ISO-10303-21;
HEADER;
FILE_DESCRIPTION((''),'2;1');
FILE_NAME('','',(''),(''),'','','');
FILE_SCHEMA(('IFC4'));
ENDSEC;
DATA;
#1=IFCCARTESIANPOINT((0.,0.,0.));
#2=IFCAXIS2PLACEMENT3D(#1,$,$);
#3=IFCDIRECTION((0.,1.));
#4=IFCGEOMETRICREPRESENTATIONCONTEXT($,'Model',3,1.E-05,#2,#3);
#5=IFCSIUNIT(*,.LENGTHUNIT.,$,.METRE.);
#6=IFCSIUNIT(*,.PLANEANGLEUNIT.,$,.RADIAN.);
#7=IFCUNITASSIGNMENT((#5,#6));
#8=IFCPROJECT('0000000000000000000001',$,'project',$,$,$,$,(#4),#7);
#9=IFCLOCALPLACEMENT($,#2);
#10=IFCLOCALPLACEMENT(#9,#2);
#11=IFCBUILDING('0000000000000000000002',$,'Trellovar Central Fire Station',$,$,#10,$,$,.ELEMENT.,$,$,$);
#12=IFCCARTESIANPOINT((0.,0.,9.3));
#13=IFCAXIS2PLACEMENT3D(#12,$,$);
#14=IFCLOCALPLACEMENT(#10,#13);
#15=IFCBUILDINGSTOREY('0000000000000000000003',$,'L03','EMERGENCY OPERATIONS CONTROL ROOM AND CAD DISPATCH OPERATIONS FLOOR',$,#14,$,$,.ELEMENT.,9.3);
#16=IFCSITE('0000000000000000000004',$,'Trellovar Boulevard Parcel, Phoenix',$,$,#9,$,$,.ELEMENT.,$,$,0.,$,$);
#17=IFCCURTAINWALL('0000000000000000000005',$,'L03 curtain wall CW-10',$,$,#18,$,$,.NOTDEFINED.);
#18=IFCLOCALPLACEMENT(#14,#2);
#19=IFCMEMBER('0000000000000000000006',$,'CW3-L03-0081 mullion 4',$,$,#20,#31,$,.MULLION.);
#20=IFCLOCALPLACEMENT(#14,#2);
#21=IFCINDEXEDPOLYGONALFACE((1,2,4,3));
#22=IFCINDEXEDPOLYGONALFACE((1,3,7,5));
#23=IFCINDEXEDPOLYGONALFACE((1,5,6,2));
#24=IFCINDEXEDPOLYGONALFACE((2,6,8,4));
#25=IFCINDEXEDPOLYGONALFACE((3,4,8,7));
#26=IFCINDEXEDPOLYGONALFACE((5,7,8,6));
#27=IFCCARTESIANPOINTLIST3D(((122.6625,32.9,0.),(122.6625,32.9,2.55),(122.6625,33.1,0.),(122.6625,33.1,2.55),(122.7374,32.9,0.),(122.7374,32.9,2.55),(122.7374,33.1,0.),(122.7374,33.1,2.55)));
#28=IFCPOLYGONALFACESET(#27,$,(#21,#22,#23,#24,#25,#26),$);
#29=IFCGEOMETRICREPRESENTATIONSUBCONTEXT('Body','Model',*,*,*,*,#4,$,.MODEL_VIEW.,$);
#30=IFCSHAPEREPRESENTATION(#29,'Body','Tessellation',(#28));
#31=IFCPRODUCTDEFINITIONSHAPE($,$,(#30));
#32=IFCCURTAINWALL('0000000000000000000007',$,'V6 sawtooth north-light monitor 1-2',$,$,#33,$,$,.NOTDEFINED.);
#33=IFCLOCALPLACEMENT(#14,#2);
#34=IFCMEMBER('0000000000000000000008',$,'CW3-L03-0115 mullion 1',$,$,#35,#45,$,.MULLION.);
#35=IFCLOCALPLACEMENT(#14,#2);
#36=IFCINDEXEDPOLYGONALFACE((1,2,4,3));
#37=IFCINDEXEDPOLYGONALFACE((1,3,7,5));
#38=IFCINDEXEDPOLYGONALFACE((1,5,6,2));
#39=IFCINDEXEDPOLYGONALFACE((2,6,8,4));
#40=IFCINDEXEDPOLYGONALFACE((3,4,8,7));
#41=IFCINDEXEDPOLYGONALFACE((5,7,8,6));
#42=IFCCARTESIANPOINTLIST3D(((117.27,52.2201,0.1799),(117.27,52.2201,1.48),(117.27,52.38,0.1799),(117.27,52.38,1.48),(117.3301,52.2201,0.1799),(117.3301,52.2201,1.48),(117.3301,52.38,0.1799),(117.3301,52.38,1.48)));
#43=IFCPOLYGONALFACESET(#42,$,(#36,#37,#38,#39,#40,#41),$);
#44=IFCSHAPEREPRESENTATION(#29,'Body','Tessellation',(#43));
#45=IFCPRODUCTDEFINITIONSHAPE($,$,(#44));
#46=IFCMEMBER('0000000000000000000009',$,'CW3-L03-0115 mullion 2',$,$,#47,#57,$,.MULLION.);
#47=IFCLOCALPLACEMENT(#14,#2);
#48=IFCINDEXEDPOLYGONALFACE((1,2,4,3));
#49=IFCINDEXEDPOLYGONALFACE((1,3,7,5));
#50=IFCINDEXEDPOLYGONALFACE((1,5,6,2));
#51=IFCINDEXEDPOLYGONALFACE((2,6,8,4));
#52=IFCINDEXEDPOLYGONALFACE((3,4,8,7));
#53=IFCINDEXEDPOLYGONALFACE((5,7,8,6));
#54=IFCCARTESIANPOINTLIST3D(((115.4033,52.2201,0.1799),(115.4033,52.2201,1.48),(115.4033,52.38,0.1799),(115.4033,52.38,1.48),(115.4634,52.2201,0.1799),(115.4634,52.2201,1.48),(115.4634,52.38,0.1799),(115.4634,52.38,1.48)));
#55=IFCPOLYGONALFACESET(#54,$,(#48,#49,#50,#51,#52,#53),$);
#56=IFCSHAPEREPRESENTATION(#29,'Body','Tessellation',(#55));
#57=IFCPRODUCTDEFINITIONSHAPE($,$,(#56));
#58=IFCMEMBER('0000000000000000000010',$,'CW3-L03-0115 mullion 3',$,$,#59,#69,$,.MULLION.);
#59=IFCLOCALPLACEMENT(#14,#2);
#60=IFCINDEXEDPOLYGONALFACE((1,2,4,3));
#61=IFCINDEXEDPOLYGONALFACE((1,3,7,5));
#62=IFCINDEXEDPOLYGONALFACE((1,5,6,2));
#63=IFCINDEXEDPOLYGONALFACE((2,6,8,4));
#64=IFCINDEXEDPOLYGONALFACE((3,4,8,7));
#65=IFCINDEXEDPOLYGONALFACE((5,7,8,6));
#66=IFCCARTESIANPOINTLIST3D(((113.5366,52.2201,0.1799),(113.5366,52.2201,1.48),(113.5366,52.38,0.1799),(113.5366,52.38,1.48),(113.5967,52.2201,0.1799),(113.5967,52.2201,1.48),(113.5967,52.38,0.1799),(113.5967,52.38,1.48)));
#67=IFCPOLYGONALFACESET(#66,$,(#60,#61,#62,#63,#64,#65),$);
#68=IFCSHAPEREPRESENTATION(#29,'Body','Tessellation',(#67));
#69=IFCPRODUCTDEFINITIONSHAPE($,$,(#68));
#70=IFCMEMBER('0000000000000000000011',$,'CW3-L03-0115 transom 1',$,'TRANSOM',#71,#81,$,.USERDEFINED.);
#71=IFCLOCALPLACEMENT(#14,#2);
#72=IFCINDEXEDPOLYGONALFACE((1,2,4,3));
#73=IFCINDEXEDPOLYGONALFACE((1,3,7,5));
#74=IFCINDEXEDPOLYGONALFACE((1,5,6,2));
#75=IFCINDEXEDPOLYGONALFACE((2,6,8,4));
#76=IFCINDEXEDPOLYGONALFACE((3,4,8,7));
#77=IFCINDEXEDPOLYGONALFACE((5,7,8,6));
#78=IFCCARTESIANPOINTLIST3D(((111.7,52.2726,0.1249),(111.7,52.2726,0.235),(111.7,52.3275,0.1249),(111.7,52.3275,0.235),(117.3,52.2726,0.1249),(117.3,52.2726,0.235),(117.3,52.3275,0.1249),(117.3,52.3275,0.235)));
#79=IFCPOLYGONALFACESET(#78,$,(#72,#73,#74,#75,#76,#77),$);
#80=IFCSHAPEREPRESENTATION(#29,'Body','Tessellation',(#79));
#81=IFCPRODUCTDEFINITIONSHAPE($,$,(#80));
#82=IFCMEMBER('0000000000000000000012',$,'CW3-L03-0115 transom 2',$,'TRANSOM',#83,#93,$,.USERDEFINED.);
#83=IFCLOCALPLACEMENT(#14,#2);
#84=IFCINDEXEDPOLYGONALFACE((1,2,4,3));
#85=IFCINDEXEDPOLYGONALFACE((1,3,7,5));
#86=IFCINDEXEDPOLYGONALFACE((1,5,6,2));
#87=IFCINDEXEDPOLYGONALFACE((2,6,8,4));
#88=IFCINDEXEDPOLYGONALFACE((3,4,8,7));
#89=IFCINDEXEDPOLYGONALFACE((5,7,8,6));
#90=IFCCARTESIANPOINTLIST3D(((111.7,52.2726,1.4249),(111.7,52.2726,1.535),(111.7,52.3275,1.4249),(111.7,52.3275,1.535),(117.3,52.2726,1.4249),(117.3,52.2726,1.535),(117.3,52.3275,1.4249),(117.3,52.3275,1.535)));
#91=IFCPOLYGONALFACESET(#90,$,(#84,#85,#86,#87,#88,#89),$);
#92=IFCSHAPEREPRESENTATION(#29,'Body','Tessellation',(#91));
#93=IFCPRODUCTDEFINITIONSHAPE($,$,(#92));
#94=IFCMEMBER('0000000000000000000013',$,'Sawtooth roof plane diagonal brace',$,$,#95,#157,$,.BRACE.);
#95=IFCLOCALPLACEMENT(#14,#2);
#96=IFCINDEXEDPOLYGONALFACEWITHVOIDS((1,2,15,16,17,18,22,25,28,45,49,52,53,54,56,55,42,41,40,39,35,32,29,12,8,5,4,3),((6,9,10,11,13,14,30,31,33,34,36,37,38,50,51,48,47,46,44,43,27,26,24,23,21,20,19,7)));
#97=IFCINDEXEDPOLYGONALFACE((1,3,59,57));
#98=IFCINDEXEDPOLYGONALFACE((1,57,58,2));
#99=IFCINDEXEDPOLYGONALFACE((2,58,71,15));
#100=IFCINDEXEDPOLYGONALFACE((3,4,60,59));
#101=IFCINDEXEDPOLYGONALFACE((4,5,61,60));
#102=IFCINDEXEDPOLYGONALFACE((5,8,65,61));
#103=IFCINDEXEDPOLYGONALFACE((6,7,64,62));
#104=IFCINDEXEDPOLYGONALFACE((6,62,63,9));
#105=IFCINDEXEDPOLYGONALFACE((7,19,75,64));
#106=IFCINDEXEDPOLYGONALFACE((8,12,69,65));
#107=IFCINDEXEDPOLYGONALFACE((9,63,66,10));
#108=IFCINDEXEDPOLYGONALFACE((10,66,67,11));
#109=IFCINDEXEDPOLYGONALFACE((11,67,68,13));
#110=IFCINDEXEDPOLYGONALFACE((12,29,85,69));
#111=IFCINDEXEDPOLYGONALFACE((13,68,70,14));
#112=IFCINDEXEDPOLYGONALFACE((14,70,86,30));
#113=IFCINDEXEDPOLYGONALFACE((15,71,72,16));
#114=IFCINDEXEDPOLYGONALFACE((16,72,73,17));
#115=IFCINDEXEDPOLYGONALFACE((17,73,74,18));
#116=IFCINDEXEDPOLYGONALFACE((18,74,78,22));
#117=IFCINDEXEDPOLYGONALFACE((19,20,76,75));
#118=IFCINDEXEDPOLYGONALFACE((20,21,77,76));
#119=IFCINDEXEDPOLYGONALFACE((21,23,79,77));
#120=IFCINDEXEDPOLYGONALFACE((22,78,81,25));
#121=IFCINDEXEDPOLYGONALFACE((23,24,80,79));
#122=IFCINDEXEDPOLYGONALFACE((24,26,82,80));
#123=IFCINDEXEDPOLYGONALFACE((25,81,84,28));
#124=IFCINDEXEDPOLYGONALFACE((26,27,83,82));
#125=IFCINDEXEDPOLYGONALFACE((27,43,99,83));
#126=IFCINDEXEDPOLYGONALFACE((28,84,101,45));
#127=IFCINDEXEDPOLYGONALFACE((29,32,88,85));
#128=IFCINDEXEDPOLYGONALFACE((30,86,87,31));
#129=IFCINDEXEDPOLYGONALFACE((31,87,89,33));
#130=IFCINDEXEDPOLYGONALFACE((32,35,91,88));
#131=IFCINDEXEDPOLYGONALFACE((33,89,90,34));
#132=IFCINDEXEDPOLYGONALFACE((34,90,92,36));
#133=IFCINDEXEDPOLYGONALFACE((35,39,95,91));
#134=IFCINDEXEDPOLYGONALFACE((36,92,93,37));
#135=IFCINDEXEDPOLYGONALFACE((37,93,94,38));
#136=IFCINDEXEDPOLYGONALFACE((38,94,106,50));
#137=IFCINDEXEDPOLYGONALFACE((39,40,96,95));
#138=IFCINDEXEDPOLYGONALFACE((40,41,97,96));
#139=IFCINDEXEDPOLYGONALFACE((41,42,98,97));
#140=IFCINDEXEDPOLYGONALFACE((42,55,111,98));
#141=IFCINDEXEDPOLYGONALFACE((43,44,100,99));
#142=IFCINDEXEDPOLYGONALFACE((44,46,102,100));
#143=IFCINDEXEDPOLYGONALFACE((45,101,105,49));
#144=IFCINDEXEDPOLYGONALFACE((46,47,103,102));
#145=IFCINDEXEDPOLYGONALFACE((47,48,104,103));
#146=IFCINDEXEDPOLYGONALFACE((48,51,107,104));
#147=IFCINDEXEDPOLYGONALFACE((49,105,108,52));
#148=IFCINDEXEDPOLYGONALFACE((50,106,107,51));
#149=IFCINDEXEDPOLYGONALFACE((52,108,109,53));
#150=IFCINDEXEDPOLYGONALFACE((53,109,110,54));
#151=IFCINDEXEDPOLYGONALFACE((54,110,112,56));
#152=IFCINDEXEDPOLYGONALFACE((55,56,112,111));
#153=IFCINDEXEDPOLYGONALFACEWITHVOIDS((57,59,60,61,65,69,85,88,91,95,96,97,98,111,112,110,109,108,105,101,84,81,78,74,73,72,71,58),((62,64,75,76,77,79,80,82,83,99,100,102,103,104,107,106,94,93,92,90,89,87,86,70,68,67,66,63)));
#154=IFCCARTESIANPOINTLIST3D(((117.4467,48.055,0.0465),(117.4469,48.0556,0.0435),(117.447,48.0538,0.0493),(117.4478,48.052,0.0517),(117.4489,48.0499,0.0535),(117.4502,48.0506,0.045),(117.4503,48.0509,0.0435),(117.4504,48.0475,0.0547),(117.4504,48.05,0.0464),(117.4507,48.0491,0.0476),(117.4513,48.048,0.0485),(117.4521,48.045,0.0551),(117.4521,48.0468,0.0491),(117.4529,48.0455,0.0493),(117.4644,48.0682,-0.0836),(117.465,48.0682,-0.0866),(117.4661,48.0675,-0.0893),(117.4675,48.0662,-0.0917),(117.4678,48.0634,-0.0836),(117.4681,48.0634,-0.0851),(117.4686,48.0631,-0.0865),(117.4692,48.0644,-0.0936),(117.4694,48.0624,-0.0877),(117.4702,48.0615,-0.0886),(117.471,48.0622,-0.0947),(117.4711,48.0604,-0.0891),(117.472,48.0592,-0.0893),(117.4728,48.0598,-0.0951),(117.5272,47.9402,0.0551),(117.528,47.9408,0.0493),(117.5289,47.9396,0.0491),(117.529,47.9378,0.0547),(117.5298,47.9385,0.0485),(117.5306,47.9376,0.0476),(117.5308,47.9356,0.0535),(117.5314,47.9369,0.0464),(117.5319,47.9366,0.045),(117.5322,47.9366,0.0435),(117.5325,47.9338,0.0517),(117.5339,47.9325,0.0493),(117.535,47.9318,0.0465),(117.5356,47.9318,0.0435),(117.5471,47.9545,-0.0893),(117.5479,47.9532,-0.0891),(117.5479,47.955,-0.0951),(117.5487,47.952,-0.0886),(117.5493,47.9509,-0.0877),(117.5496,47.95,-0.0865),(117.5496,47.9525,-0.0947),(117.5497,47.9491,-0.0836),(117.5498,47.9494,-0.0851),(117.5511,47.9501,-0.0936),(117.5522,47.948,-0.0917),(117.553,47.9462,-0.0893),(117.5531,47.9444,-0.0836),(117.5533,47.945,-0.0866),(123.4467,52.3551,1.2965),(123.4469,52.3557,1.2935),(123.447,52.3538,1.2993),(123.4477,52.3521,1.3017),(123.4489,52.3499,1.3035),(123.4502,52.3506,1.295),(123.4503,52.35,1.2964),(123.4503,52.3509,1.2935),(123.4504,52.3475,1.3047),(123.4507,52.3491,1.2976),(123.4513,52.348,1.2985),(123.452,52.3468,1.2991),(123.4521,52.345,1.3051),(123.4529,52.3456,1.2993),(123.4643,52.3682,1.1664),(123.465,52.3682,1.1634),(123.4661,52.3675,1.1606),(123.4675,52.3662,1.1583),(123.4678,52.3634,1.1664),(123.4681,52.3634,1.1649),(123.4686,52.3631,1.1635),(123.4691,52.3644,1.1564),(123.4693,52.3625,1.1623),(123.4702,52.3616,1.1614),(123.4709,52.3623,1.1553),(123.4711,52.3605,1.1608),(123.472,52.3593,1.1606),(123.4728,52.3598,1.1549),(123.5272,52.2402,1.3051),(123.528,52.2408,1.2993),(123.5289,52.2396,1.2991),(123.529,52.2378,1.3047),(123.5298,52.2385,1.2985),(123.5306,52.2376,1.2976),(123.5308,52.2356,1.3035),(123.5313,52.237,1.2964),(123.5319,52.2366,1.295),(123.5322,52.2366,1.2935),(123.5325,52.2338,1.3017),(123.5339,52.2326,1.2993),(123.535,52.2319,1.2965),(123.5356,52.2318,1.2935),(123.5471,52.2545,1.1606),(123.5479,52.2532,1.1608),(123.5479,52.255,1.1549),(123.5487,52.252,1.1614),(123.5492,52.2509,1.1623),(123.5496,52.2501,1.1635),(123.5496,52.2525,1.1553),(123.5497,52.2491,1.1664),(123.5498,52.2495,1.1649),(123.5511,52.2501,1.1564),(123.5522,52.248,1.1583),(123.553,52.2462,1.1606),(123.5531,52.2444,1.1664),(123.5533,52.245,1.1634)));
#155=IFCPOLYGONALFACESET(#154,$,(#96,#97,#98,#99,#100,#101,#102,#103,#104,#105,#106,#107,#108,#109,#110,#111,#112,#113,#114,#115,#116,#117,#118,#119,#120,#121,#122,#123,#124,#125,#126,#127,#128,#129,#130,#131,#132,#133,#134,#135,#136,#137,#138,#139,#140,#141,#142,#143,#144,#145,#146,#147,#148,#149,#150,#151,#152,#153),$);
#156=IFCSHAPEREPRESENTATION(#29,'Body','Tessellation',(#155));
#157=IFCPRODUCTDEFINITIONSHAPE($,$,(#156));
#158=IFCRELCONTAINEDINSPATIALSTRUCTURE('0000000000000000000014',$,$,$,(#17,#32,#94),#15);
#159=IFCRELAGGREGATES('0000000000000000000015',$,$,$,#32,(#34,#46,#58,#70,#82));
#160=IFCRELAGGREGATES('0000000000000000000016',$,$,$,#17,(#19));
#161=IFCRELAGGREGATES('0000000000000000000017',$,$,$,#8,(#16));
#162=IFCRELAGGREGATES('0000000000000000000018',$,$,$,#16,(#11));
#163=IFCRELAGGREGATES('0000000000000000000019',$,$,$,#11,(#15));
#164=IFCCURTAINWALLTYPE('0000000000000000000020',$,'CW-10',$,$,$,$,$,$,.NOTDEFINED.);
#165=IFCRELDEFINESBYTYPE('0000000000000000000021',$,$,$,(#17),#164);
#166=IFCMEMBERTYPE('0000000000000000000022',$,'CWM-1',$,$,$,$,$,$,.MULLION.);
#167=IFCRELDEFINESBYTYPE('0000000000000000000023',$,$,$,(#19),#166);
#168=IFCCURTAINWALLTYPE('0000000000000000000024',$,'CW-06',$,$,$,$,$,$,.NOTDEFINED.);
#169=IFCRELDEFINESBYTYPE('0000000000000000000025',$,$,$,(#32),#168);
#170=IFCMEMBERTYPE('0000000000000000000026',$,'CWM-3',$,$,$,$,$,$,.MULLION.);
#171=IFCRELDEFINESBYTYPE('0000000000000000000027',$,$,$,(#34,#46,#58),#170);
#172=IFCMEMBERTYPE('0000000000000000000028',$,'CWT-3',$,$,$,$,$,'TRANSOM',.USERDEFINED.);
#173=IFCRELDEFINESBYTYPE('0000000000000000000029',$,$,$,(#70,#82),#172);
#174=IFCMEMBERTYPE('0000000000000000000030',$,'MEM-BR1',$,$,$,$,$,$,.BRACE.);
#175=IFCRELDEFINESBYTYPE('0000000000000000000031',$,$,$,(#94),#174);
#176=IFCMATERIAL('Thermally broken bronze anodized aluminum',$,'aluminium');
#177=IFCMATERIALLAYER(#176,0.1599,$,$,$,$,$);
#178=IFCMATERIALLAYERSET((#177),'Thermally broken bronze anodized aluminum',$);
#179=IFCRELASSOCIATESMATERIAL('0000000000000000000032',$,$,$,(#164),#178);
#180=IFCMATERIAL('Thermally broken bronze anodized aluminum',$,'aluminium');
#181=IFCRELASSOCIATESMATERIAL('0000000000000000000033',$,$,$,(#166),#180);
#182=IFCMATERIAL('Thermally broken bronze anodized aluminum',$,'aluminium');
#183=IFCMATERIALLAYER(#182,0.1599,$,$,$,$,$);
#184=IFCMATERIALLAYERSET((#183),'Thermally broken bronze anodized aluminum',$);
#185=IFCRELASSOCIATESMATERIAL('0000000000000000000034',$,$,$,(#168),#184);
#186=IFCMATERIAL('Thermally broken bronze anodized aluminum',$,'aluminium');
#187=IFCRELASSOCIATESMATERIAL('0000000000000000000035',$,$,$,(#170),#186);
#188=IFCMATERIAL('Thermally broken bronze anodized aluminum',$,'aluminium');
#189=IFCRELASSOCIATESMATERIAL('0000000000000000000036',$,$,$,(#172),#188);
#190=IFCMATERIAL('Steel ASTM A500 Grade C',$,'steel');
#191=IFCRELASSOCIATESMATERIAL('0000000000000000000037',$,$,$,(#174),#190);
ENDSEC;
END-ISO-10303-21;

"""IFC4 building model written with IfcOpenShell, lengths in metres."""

from ifc_helpers import new_model, si_unit, direction, frame, origin, origin_2d, place, context, subcontext, project, spatial, rectangle, hollow_rectangle, extrude, material, layer, layer_set, material_profile, profile_set, type_object, element, aggregate, save


model = new_model("IFC4")

# Units and contexts
model_context = context("Model", 3, precision=1e-05, world=origin(), true_north=direction((0.0, 1.0)))
body_context = subcontext(model_context, "Body", "Model", "MODEL_VIEW")
ifc_project = project(units=[si_unit("LENGTHUNIT", "METRE"), si_unit("PLANEANGLEUNIT", "RADIAN")], contexts=[model_context])

# Site, building, storey
site_placement = place(None, origin())
site = spatial("IfcSite", under=ifc_project, at=site_placement, Name="Trellovar Boulevard Parcel, Phoenix", CompositionType="ELEMENT", RefElevation=0.0)
building_placement = place(site_placement, origin())
building = spatial("IfcBuilding", under=site, at=building_placement, Name="Trellovar Central Fire Station", CompositionType="ELEMENT")
storey_placement = place(building_placement, frame((0.0, 0.0, 9.3)))
storey = spatial("IfcBuildingStorey", under=building, at=storey_placement, Name="L03", Description="EMERGENCY OPERATIONS CONTROL ROOM AND CAD DISPATCH OPERATIONS FLOOR", CompositionType="ELEMENT", Elevation=9.3)

# Curtain wall, member
ifc_material_1 = material(Name="Thermally broken bronze anodized aluminum", Category="aluminium")
ifc_layer_1 = layer(ifc_material_1, 0.1599)
ifc_layer_set_1 = layer_set([ifc_layer_1], Name="Thermally broken bronze anodized aluminum")
curtain_wall_type_1 = type_object("IfcCurtainWallType", Name="CW-10", PredefinedType="NOTDEFINED", material=ifc_layer_set_1)
curtain_wall_1_placement = place(storey_placement, origin())
curtain_wall_1 = element("IfcCurtainWall", 1, at=curtain_wall_1_placement, inside=storey, type_object=curtain_wall_type_1, Name="L03 curtain wall CW-10", PredefinedType="NOTDEFINED")
ifc_material_2 = material(Name="Thermally broken bronze anodized aluminum", Category="aluminium")
ifc_material_profile_1 = material_profile(ifc_material_2, rectangle(XDim=0.075, YDim=0.2, at=origin_2d()), Name="ALU75X200")
ifc_profile_set_1 = profile_set([ifc_material_profile_1], Name="Thermally broken bronze anodized aluminum")
member_type_1 = type_object("IfcMemberType", Name="CWM-1", PredefinedType="MULLION", material=ifc_profile_set_1)
member_1_placement = place(storey_placement, frame((122.7, 33.0, 0.0), z_axis=(0.0, 0.0, 1.0), x_axis=(1.0, 0.0, 0.0)))
member_1 = element("IfcMember", 2, at=member_1_placement, type_object=member_type_1, Name="CW3-L03-0081 mullion 4", PredefinedType="MULLION", context=body_context, shape_type="SweptSolid", body=[
    extrude(rectangle(XDim=0.075, YDim=0.2, at=origin_2d()), origin(), (0.0, 0.0, 1.0), 2.55),
])

# Curtain wall, members
ifc_material_3 = material(Name="Thermally broken bronze anodized aluminum", Category="aluminium")
ifc_layer_2 = layer(ifc_material_3, 0.1599)
ifc_layer_set_2 = layer_set([ifc_layer_2], Name="Thermally broken bronze anodized aluminum")
curtain_wall_type_2 = type_object("IfcCurtainWallType", Name="CW-06", PredefinedType="NOTDEFINED", material=ifc_layer_set_2)
curtain_wall_2_placement = place(storey_placement, origin())
curtain_wall_2 = element("IfcCurtainWall", 3, at=curtain_wall_2_placement, inside=storey, type_object=curtain_wall_type_2, Name="V6 sawtooth north-light monitor 1-2", PredefinedType="NOTDEFINED")
ifc_material_4 = material(Name="Thermally broken bronze anodized aluminum", Category="aluminium")
ifc_material_profile_2 = material_profile(ifc_material_4, rectangle(XDim=0.0601, YDim=0.1599, at=origin_2d()), Name="ALU60X160")
ifc_profile_set_2 = profile_set([ifc_material_profile_2], Name="Thermally broken bronze anodized aluminum")
member_type_2 = type_object("IfcMemberType", Name="CWM-3", PredefinedType="MULLION", material=ifc_profile_set_2)
member_2_placement = place(storey_placement, frame((117.3, 52.3, 0.1799), z_axis=(0.0, 0.0, 1.0), x_axis=(1.0, 0.0, 0.0)))
member_2 = element("IfcMember", 4, at=member_2_placement, type_object=member_type_2, Name="CW3-L03-0115 mullion 1", PredefinedType="MULLION", context=body_context, shape_type="SweptSolid", body=[
    extrude(rectangle(XDim=0.0601, YDim=0.1599, at=origin_2d()), origin(), (0.0, 0.0, 1.0), 1.3),
])
member_3_placement = place(storey_placement, frame((115.4333, 52.3, 0.1799), z_axis=(0.0, 0.0, 1.0), x_axis=(1.0, 0.0, 0.0)))
member_3 = element("IfcMember", 5, at=member_3_placement, type_object=member_type_2, Name="CW3-L03-0115 mullion 2", PredefinedType="MULLION", context=body_context, shape_type="SweptSolid", body=[
    extrude(rectangle(XDim=0.0601, YDim=0.1599, at=origin_2d()), origin(), (0.0, 0.0, 1.0), 1.3),
])
member_4_placement = place(storey_placement, frame((113.5667, 52.3, 0.1799), z_axis=(0.0, 0.0, 1.0), x_axis=(1.0, 0.0, 0.0)))
member_4 = element("IfcMember", 6, at=member_4_placement, type_object=member_type_2, Name="CW3-L03-0115 mullion 3", PredefinedType="MULLION", context=body_context, shape_type="SweptSolid", body=[
    extrude(rectangle(XDim=0.0601, YDim=0.1599, at=origin_2d()), origin(), (0.0, 0.0, 1.0), 1.3),
])
ifc_material_5 = material(Name="Thermally broken bronze anodized aluminum", Category="aluminium")
ifc_material_profile_3 = material_profile(ifc_material_5, rectangle(XDim=0.0549, YDim=0.1101, at=origin_2d()), Name="ALU55X110")
ifc_profile_set_3 = profile_set([ifc_material_profile_3], Name="Thermally broken bronze anodized aluminum")
member_type_3 = type_object("IfcMemberType", Name="CWT-3", ElementType="TRANSOM", PredefinedType="USERDEFINED", material=ifc_profile_set_3)
member_5_placement = place(storey_placement, frame((117.3, 52.3, 0.1799), z_axis=(-1.0, 0.0, 0.0), x_axis=(0.0, -1.0, 0.0)))
member_5 = element("IfcMember", 7, at=member_5_placement, type_object=member_type_3, Name="CW3-L03-0115 transom 1", ObjectType="TRANSOM", PredefinedType="USERDEFINED", context=body_context, shape_type="SweptSolid", body=[
    extrude(rectangle(XDim=0.0549, YDim=0.1101, at=origin_2d()), origin(), (0.0, 0.0, 1.0), 5.6001),
])
member_6_placement = place(storey_placement, frame((117.3, 52.3, 1.48), z_axis=(-1.0, 0.0, 0.0), x_axis=(0.0, -1.0, 0.0)))
member_6 = element("IfcMember", 8, at=member_6_placement, type_object=member_type_3, Name="CW3-L03-0115 transom 2", ObjectType="TRANSOM", PredefinedType="USERDEFINED", context=body_context, shape_type="SweptSolid", body=[
    extrude(rectangle(XDim=0.0549, YDim=0.1101, at=origin_2d()), origin(), (0.0, 0.0, 1.0), 5.6001),
])

# Member
ifc_material_6 = material(Name="Steel ASTM A500 Grade C", Category="steel")
ifc_material_profile_4 = material_profile(ifc_material_6, hollow_rectangle(XDim=0.1523, YDim=0.1523, WallThickness=0.0059, InnerFilletRadius=0.0059, OuterFilletRadius=0.0117, at=origin_2d()), Name="HSS6X6X1/4")
ifc_profile_set_4 = profile_set([ifc_material_profile_4], Name="Steel ASTM A500 Grade C")
member_type_4 = type_object("IfcMemberType", Name="MEM-BR1", PredefinedType="BRACE", material=ifc_profile_set_4)
for number, where, z_axis, x_axis, name in (
    (9, (117.5, 48.0, -0.02), (0.801405, 0.574347, 0.166959), (-0.582523, 0.812814, 0.0), "Sawtooth roof plane diagonal brace"),
):
    element("IfcMember", number, at=place(storey_placement, frame(where, z_axis=z_axis, x_axis=x_axis)), inside=storey, type_object=member_type_4, Name=name, PredefinedType="BRACE", context=body_context, shape_type="SweptSolid", body=[
        extrude(hollow_rectangle(XDim=0.1523, YDim=0.1523, WallThickness=0.0059, InnerFilletRadius=0.0059, OuterFilletRadius=0.0117, at=origin_2d()), origin(), (0.0, 0.0, 1.0), 7.4868),
    ])

aggregate(curtain_wall_2, [member_2, member_3, member_4, member_5, member_6])
aggregate(curtain_wall_1, [member_1])

save(model, "model.ifc")
